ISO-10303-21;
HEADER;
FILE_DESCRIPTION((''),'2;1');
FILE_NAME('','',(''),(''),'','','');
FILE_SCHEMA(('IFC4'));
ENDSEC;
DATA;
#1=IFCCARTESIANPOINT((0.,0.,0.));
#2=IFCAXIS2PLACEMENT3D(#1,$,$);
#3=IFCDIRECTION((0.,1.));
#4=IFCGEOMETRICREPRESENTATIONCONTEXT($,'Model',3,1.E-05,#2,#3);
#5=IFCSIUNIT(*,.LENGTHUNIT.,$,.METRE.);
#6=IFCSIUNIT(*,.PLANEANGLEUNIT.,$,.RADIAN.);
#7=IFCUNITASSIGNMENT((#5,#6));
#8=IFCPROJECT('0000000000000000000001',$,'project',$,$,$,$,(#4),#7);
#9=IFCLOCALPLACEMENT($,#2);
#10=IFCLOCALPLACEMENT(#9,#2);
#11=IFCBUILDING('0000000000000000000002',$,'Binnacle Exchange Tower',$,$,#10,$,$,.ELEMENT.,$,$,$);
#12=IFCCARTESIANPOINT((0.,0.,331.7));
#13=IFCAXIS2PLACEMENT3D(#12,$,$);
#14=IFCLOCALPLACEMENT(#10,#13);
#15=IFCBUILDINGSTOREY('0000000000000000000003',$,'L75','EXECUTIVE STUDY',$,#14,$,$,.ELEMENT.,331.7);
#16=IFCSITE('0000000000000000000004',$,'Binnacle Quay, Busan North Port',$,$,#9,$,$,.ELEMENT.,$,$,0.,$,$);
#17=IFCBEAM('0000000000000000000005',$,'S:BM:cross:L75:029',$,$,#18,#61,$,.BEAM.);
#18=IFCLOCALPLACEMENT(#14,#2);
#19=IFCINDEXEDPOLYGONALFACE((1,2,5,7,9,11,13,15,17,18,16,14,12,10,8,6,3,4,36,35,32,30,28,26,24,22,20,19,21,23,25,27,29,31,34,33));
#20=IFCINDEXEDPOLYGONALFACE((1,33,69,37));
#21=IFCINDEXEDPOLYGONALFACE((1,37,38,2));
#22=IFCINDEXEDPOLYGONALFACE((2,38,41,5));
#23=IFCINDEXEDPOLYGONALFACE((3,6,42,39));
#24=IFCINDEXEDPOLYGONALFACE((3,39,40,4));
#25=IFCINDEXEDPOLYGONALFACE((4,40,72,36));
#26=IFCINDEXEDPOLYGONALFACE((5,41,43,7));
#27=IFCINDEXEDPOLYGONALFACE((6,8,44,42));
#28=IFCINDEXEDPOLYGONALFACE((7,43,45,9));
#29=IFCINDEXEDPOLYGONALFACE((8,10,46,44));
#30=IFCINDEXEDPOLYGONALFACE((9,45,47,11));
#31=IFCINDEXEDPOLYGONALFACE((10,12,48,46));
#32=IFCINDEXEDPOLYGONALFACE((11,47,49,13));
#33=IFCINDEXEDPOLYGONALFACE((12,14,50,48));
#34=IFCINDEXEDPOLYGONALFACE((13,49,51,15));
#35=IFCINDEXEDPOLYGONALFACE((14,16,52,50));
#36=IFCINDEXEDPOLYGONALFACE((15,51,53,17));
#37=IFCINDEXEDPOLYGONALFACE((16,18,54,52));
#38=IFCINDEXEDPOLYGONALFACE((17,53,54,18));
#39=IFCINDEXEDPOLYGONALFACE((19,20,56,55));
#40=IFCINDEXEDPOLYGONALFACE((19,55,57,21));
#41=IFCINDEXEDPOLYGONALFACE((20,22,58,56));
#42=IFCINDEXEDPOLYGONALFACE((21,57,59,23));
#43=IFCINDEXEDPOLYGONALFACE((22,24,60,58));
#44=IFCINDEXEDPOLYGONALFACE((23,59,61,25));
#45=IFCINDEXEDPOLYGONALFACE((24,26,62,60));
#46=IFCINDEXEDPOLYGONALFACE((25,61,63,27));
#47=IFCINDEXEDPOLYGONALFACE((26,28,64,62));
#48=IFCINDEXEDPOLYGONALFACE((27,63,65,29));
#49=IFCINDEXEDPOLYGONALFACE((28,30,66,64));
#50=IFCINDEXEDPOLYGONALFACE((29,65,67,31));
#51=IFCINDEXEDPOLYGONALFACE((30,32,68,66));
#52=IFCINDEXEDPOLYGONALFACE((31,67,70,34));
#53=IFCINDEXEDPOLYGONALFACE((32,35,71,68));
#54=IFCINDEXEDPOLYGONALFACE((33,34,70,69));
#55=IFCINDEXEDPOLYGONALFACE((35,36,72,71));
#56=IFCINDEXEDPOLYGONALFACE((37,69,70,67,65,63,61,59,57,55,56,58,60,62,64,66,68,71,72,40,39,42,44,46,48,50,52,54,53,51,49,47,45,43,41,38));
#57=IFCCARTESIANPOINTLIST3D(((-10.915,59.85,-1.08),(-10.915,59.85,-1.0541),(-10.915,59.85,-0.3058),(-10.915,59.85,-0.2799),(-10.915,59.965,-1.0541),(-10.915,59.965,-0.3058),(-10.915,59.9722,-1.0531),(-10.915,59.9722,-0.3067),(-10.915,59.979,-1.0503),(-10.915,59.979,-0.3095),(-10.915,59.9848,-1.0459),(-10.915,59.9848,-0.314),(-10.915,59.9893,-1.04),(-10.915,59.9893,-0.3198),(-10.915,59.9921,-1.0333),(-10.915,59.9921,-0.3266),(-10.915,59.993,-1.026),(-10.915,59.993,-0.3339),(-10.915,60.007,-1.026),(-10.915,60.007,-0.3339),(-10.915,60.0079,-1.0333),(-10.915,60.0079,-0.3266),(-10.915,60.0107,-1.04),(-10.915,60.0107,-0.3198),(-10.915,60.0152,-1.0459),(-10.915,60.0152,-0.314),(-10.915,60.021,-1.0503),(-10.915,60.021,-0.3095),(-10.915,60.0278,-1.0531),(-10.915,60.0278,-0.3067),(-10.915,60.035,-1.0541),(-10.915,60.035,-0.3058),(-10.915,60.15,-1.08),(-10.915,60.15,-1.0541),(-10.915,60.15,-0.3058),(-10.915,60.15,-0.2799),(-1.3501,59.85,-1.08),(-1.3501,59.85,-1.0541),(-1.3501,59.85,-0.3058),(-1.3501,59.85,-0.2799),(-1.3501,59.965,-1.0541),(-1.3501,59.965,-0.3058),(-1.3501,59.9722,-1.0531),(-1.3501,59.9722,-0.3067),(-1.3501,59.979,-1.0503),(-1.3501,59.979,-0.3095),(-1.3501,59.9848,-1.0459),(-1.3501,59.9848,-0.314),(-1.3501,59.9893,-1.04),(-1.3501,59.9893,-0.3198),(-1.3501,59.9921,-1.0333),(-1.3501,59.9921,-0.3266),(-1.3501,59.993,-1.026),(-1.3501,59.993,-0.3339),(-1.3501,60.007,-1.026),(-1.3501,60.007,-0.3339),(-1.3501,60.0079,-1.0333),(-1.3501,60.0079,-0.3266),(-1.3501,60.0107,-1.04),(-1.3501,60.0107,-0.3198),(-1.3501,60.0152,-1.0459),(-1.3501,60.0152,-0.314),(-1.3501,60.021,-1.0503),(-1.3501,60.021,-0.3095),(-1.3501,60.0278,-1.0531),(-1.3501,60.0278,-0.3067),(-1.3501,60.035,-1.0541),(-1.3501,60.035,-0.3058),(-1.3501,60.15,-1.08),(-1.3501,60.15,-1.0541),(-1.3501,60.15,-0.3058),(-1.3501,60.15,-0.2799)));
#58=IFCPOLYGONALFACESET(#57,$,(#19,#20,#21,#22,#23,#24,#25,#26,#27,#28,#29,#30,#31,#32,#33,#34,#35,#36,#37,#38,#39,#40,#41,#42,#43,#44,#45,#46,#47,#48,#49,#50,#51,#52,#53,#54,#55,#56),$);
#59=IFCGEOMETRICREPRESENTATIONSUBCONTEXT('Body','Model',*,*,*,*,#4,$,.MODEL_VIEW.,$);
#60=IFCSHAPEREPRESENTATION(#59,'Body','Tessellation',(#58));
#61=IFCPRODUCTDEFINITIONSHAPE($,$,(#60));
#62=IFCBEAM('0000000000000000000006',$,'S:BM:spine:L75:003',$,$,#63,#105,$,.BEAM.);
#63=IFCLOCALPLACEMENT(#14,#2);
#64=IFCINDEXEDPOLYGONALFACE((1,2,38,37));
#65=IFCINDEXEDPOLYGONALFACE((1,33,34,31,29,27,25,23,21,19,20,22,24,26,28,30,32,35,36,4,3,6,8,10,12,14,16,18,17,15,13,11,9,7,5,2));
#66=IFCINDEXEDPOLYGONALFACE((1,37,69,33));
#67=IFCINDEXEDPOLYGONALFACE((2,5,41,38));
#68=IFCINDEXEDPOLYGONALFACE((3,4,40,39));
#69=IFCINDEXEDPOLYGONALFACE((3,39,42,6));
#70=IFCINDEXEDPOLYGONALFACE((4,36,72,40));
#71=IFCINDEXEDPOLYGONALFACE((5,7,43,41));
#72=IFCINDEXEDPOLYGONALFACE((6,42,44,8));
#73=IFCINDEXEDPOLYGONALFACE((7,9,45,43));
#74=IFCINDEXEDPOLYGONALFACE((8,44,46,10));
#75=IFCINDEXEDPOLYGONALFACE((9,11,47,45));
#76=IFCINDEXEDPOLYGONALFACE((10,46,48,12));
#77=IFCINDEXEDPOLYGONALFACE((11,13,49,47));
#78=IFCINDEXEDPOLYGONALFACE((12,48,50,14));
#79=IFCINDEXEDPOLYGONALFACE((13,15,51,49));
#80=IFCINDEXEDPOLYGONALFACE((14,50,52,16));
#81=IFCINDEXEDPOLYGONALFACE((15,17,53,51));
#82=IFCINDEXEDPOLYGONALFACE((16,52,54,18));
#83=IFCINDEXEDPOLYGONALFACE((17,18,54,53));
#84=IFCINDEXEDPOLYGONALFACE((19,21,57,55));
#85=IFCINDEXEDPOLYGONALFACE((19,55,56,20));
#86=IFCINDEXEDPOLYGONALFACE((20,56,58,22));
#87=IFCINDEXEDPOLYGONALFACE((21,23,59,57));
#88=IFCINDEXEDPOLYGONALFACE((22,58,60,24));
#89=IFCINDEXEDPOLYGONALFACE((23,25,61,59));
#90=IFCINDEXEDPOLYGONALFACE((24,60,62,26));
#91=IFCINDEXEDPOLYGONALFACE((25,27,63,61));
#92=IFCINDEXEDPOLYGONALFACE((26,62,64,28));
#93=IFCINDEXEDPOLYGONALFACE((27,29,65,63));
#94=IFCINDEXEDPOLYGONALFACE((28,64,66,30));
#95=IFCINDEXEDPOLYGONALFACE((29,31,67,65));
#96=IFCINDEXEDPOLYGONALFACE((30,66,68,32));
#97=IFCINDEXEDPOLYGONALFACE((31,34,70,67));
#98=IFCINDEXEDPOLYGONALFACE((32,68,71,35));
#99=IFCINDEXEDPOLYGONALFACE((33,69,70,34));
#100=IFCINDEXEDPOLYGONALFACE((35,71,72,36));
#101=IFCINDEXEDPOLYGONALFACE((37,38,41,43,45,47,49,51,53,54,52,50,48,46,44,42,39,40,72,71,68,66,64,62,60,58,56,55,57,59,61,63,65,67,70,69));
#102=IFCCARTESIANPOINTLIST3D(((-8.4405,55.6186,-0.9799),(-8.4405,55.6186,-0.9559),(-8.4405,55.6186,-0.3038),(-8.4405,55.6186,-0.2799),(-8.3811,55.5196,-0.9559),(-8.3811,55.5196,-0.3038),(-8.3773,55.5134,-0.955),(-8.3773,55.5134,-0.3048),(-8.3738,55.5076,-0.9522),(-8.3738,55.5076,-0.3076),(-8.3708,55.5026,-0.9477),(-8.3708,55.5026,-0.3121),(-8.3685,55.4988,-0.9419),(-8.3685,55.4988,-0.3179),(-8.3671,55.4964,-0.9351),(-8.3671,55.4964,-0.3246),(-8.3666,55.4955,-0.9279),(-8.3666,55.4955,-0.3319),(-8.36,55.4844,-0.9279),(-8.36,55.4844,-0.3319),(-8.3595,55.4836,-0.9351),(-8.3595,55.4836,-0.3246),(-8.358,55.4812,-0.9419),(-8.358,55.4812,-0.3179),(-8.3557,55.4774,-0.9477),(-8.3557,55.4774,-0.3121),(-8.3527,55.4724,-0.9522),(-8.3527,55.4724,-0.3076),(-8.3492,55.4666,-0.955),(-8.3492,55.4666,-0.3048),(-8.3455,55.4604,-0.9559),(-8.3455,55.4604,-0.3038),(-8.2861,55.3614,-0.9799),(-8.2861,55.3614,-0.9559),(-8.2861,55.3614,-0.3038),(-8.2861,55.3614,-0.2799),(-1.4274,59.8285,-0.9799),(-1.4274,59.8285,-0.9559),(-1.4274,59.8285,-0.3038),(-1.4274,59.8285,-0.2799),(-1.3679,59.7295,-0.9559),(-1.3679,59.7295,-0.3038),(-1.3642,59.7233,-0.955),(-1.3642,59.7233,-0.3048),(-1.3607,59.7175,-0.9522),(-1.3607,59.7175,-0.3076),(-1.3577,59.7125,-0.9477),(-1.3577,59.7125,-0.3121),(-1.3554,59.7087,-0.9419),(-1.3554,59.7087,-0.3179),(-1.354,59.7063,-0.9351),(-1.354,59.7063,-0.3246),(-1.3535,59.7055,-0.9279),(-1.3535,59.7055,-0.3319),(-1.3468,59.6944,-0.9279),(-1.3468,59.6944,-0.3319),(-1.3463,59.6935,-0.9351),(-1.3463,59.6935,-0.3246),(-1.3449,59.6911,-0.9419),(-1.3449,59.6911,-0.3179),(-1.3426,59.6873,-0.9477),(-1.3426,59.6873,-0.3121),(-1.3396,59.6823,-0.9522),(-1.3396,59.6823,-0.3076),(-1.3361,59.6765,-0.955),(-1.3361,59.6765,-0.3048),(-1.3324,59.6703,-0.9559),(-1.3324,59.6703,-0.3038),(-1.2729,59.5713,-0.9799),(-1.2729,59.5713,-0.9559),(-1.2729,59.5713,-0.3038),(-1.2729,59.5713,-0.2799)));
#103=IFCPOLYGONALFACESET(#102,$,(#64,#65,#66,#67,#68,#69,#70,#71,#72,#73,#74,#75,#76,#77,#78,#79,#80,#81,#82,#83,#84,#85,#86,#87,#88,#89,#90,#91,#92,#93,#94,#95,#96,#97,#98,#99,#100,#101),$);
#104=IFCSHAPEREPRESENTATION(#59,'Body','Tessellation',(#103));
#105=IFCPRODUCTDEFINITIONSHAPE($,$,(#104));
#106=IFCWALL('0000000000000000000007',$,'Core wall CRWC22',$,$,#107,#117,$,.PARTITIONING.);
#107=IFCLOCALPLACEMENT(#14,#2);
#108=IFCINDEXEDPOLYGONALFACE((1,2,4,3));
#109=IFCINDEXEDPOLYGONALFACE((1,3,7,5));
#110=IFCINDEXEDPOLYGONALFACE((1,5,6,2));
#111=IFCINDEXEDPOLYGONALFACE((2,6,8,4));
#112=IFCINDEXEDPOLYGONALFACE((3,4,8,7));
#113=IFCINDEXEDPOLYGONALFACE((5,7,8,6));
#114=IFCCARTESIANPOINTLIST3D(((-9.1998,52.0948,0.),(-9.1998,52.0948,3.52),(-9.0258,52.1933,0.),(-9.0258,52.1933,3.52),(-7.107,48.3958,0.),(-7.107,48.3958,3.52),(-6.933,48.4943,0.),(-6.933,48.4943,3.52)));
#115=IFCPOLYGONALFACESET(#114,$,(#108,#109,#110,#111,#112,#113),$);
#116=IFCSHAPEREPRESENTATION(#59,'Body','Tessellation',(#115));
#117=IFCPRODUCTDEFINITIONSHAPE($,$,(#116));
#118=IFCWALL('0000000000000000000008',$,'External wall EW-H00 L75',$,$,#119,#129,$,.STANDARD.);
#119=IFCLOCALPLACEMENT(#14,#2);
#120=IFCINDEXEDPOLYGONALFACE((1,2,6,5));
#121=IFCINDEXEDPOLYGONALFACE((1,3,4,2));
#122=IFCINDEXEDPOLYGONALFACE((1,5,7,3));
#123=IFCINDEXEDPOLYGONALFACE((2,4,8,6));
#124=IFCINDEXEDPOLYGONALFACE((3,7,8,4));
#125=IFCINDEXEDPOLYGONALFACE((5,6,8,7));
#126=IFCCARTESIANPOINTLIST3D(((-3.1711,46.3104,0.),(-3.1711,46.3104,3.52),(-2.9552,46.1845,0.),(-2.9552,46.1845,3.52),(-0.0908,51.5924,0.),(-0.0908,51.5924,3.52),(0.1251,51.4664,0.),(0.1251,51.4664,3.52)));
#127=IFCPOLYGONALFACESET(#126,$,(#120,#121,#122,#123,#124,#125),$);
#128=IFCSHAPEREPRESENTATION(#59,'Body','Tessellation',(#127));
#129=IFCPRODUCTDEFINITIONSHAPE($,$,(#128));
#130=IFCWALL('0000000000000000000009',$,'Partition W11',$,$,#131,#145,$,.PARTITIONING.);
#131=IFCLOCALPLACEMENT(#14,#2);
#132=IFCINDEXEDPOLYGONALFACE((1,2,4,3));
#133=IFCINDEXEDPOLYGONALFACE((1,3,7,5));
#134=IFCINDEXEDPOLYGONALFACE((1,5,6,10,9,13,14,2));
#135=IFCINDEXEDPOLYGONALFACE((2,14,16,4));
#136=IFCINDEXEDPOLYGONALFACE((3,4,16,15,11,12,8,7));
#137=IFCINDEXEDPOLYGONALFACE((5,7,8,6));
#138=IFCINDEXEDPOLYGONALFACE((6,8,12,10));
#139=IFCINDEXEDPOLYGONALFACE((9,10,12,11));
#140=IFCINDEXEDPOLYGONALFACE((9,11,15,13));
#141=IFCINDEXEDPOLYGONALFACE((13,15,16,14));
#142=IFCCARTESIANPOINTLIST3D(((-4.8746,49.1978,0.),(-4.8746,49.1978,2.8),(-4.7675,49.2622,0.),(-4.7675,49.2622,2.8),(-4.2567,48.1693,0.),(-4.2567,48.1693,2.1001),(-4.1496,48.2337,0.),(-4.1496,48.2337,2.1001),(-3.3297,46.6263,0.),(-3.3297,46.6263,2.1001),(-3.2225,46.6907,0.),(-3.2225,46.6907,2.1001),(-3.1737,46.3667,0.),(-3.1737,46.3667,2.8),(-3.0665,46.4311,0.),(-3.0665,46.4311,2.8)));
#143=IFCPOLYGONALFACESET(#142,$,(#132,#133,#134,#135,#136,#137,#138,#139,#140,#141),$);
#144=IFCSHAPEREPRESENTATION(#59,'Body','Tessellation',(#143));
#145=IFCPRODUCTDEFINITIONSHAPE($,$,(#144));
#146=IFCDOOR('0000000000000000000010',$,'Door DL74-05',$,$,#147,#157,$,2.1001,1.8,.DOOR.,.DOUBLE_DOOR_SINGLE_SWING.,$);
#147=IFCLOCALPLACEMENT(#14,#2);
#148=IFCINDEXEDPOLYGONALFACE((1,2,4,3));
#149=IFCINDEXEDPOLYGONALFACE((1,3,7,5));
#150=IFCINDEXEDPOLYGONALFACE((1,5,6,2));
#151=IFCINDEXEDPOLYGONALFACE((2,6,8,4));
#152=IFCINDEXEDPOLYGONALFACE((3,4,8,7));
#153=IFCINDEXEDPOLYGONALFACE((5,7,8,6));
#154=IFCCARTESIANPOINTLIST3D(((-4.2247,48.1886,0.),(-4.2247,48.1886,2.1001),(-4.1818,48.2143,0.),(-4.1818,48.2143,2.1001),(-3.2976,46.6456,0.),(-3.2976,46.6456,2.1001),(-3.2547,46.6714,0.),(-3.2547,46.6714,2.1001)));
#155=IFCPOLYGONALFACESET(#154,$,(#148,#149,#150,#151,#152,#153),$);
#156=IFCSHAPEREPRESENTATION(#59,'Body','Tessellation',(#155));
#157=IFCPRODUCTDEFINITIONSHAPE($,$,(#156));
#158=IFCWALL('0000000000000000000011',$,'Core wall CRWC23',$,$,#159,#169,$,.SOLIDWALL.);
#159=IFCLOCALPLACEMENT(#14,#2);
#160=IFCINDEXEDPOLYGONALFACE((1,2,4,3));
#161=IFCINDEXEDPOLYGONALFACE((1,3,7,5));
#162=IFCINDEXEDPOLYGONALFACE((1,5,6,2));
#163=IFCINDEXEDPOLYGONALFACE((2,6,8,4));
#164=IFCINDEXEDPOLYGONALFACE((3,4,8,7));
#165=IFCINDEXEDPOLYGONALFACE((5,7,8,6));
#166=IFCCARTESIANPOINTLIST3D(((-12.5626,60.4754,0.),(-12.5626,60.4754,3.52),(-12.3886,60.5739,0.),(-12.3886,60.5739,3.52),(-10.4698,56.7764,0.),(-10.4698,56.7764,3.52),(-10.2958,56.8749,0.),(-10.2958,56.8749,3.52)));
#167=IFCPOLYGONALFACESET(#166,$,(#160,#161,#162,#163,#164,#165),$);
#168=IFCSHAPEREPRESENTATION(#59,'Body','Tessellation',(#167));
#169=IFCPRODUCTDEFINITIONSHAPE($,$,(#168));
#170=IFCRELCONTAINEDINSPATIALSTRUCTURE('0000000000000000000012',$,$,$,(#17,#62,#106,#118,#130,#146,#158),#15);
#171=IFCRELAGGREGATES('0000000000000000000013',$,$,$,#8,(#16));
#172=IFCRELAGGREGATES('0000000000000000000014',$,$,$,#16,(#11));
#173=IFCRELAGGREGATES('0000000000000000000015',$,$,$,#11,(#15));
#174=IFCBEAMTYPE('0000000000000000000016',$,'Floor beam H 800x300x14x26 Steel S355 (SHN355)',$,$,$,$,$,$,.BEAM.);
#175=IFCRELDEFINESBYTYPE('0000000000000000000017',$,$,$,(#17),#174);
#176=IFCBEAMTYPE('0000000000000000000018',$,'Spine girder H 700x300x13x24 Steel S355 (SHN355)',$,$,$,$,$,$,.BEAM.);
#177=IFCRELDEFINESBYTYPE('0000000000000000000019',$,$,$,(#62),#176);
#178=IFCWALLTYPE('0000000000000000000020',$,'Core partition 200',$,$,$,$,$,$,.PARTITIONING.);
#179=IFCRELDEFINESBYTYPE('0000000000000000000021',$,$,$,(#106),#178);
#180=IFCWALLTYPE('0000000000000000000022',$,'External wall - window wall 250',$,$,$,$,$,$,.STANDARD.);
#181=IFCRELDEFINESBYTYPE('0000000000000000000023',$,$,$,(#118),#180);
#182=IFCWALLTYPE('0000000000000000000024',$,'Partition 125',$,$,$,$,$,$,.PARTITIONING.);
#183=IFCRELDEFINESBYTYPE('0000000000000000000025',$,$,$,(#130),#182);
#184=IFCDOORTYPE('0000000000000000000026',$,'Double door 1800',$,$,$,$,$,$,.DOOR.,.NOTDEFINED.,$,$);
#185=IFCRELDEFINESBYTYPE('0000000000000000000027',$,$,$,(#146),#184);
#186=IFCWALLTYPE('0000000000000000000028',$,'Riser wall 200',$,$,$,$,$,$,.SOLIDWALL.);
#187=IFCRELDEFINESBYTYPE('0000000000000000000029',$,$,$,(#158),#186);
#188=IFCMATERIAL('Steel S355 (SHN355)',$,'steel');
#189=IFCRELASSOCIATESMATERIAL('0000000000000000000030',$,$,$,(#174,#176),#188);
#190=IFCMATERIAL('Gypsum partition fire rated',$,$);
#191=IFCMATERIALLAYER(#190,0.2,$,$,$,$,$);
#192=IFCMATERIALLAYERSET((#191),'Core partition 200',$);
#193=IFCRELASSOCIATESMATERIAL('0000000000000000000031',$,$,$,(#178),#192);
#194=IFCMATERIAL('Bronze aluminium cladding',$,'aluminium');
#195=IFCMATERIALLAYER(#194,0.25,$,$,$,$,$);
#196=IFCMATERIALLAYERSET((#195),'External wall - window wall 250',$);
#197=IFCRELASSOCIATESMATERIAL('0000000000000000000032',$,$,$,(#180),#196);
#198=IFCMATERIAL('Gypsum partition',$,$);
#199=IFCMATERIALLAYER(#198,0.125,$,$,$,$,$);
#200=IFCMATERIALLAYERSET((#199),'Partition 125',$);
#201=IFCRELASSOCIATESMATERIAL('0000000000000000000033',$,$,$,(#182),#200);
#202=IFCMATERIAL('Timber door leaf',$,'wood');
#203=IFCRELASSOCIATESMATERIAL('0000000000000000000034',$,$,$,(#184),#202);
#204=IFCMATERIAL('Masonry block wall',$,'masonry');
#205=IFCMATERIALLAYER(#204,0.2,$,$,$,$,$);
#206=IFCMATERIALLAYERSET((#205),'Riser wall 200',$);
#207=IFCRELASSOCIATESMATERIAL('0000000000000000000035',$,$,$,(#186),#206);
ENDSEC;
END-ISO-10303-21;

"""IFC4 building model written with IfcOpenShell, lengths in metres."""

from ifc_helpers import new_model, si_unit, direction, frame, frame_2d, origin, origin_2d, place, context, subcontext, project, spatial, rectangle, i_section, extrude, material, layer, layer_set, material_profile, profile_set, type_object, element, fill, save


model = new_model("IFC4")

# Units and contexts
model_context = context("Model", 3, precision=1e-05, world=origin(), true_north=direction((0.0, 1.0)))
body_context = subcontext(model_context, "Body", "Model", "MODEL_VIEW")
ifc_project = project(units=[si_unit("LENGTHUNIT", "METRE"), si_unit("PLANEANGLEUNIT", "RADIAN")], contexts=[model_context])

# Site, building, storey
site_placement = place(None, origin())
site = spatial("IfcSite", under=ifc_project, at=site_placement, Name="Binnacle Quay, Busan North Port", CompositionType="ELEMENT", RefElevation=0.0)
building_placement = place(site_placement, origin())
building = spatial("IfcBuilding", under=site, at=building_placement, Name="Binnacle Exchange Tower", CompositionType="ELEMENT")
storey_placement = place(building_placement, frame((0.0, 0.0, 331.7)))
storey = spatial("IfcBuildingStorey", under=building, at=storey_placement, Name="L75", Description="EXECUTIVE STUDY", CompositionType="ELEMENT", Elevation=331.7)

# Beams
ifc_material_1 = material(Name="Steel S355 (SHN355)", Category="steel")
ifc_material_profile_1 = material_profile(ifc_material_1, i_section(OverallWidth=0.3, OverallDepth=0.8, WebThickness=0.0139, FlangeThickness=0.0259, FilletRadius=0.0281, at=origin_2d()), Name="H 800x300x14x26")
ifc_profile_set_1 = profile_set([ifc_material_profile_1], Name="Steel S355 (SHN355)")
beam_type_1 = type_object("IfcBeamType", Name="Floor beam H 800x300x14x26 Steel S355 (SHN355)", PredefinedType="BEAM", material=ifc_profile_set_1)
beam_1_placement = place(storey_placement, frame((-1.3501, 60.0, -0.6799), z_axis=(-1.0, 0.0, 0.0), x_axis=(0.0, -1.0, 0.0)))
element("IfcBeam", 1, at=beam_1_placement, inside=storey, type_object=beam_type_1, Name="S:BM:cross:L75:029", PredefinedType="BEAM", context=body_context, shape_type="SweptSolid", body=[
    extrude(i_section(OverallWidth=0.3, OverallDepth=0.8, WebThickness=0.0139, FlangeThickness=0.0259, FilletRadius=0.0281, at=origin_2d()), origin(), (0.0, 0.0, 1.0), 9.5649),
])
ifc_material_profile_2 = material_profile(ifc_material_1, i_section(OverallWidth=0.3, OverallDepth=0.7, WebThickness=0.0129, FlangeThickness=0.0239, FilletRadius=0.0281, at=origin_2d()), Name="H 700x300x13x24")
ifc_profile_set_2 = profile_set([ifc_material_profile_2], Name="Steel S355 (SHN355)")
beam_type_2 = type_object("IfcBeamType", Name="Spine girder H 700x300x13x24 Steel S355 (SHN355)", PredefinedType="BEAM", material=ifc_profile_set_2)
beam_2_placement = place(storey_placement, frame((-8.3633, 55.49, -0.6299), z_axis=(0.857382, 0.51468, 0.0), x_axis=(-0.51468, 0.857382, 0.0)))
element("IfcBeam", 2, at=beam_2_placement, inside=storey, type_object=beam_type_2, Name="S:BM:spine:L75:003", PredefinedType="BEAM", context=body_context, shape_type="SweptSolid", body=[
    extrude(i_section(OverallWidth=0.3, OverallDepth=0.7, WebThickness=0.0129, FlangeThickness=0.0239, FilletRadius=0.0281, at=origin_2d()), origin(), (0.0, 0.0, 1.0), 8.1797),
])

# Walls
ifc_material_2 = material(Name="Gypsum partition fire rated")
ifc_layer_1 = layer(ifc_material_2, 0.2)
ifc_layer_set_1 = layer_set([ifc_layer_1], Name="Core partition 200")
wall_type_1 = type_object("IfcWallType", Name="Core partition 200", PredefinedType="PARTITIONING", material=ifc_layer_set_1)
wall_1_placement = place(storey_placement, frame((-9.1128, 52.144, 0.0), z_axis=(0.0, 0.0, 1.0), x_axis=(0.492423, -0.870356, 0.0)))
element("IfcWall", 3, at=wall_1_placement, inside=storey, type_object=wall_type_1, Name="Core wall CRWC22", PredefinedType="PARTITIONING", context=body_context, shape_type="SweptSolid", body=[
    extrude(rectangle(XDim=4.25, YDim=0.2, at=frame_2d((2.125, 0.0))), origin(), (0.0, 0.0, 1.0), 3.52),
])
ifc_material_3 = material(Name="Bronze aluminium cladding", Category="aluminium")
ifc_layer_2 = layer(ifc_material_3, 0.25)
ifc_layer_set_2 = layer_set([ifc_layer_2], Name="External wall - window wall 250")
wall_type_2 = type_object("IfcWallType", Name="External wall - window wall 250", PredefinedType="STANDARD", material=ifc_layer_set_2)
wall_2_placement = place(storey_placement, frame((0.0171, 51.5293, 0.0), z_axis=(0.0, 0.0, 1.0), x_axis=(-0.503769, -0.863838, 0.0)))
element("IfcWall", 4, at=wall_2_placement, inside=storey, type_object=wall_type_2, Name="External wall EW-H00 L75", PredefinedType="STANDARD", context=body_context, shape_type="SweptSolid", body=[
    extrude(rectangle(XDim=6.1145, YDim=0.25, at=frame_2d((3.0571, 0.0))), origin(), (0.0, 0.0, 1.0), 3.52),
])

# Wall, opening, door
ifc_material_4 = material(Name="Gypsum partition")
ifc_layer_3 = layer(ifc_material_4, 0.125)
ifc_layer_set_3 = layer_set([ifc_layer_3], Name="Partition 125")
wall_type_3 = type_object("IfcWallType", Name="Partition 125", PredefinedType="PARTITIONING", material=ifc_layer_set_3)
wall_3_placement = place(storey_placement, frame((-4.821, 49.23, 0.0), z_axis=(0.0, 0.0, 1.0), x_axis=(0.515007, -0.857186, 0.0)))
wall_3 = element("IfcWall", 5, at=wall_3_placement, inside=storey, type_object=wall_type_3, Name="Partition W11", PredefinedType="PARTITIONING", context=body_context, shape_type="SweptSolid", body=[
    extrude(rectangle(XDim=3.3027, YDim=0.125, at=frame_2d((1.6514, 0.0))), origin(), (0.0, 0.0, 1.0), 2.8),
])
opening_1_placement = place(wall_3_placement, frame((1.2, 0.0, 0.0)))
opening_1 = element("IfcOpeningElement", 6, at=opening_1_placement, cuts=wall_3, PredefinedType="OPENING", context=body_context, shape_type="SweptSolid", body=[
    extrude(rectangle(XDim=1.8, YDim=2.1001, at=frame_2d((0.8999, 1.05))), frame((0.0, 0.0725, 0.0), z_axis=(0.0, -1.0, 0.0), x_axis=(1.0, 0.0, 0.0)), (0.0, 0.0, 1.0), 0.145),
])
ifc_material_5 = material(Name="Timber door leaf", Category="wood")
door_type_1 = type_object("IfcDoorType", Name="Double door 1800", OperationType="NOTDEFINED", PredefinedType="DOOR", material=ifc_material_5)
door_1_placement = place(opening_1_placement, origin())
door_1 = element("IfcDoor", 7, at=door_1_placement, inside=storey, type_object=door_type_1, Name="Door DL74-05", OperationType="DOUBLE_DOOR_SINGLE_SWING", OverallHeight=2.1001, OverallWidth=1.8, PredefinedType="DOOR", context=body_context, shape_type="SweptSolid", body=[
    extrude(rectangle(XDim=1.8, YDim=2.1001, at=frame_2d((0.8999, 1.05))), frame((0.0, 0.0249, 0.0), z_axis=(0.0, -1.0, 0.0), x_axis=(1.0, 0.0, 0.0)), (0.0, 0.0, 1.0), 0.05),
])
fill(opening_1, door_1)

# Wall
ifc_material_6 = material(Name="Masonry block wall", Category="masonry")
ifc_layer_4 = layer(ifc_material_6, 0.2)
ifc_layer_set_4 = layer_set([ifc_layer_4], Name="Riser wall 200")
wall_type_4 = type_object("IfcWallType", Name="Riser wall 200", PredefinedType="SOLIDWALL", material=ifc_layer_set_4)
wall_4_placement = place(storey_placement, frame((-12.4756, 60.5247, 0.0), z_axis=(0.0, 0.0, 1.0), x_axis=(0.492423, -0.870356, 0.0)))
element("IfcWall", 8, at=wall_4_placement, inside=storey, type_object=wall_type_4, Name="Core wall CRWC23", PredefinedType="SOLIDWALL", context=body_context, shape_type="SweptSolid", body=[
    extrude(rectangle(XDim=4.25, YDim=0.2, at=frame_2d((2.125, 0.0))), origin(), (0.0, 0.0, 1.0), 3.52),
])

save(model, "model.ifc")
